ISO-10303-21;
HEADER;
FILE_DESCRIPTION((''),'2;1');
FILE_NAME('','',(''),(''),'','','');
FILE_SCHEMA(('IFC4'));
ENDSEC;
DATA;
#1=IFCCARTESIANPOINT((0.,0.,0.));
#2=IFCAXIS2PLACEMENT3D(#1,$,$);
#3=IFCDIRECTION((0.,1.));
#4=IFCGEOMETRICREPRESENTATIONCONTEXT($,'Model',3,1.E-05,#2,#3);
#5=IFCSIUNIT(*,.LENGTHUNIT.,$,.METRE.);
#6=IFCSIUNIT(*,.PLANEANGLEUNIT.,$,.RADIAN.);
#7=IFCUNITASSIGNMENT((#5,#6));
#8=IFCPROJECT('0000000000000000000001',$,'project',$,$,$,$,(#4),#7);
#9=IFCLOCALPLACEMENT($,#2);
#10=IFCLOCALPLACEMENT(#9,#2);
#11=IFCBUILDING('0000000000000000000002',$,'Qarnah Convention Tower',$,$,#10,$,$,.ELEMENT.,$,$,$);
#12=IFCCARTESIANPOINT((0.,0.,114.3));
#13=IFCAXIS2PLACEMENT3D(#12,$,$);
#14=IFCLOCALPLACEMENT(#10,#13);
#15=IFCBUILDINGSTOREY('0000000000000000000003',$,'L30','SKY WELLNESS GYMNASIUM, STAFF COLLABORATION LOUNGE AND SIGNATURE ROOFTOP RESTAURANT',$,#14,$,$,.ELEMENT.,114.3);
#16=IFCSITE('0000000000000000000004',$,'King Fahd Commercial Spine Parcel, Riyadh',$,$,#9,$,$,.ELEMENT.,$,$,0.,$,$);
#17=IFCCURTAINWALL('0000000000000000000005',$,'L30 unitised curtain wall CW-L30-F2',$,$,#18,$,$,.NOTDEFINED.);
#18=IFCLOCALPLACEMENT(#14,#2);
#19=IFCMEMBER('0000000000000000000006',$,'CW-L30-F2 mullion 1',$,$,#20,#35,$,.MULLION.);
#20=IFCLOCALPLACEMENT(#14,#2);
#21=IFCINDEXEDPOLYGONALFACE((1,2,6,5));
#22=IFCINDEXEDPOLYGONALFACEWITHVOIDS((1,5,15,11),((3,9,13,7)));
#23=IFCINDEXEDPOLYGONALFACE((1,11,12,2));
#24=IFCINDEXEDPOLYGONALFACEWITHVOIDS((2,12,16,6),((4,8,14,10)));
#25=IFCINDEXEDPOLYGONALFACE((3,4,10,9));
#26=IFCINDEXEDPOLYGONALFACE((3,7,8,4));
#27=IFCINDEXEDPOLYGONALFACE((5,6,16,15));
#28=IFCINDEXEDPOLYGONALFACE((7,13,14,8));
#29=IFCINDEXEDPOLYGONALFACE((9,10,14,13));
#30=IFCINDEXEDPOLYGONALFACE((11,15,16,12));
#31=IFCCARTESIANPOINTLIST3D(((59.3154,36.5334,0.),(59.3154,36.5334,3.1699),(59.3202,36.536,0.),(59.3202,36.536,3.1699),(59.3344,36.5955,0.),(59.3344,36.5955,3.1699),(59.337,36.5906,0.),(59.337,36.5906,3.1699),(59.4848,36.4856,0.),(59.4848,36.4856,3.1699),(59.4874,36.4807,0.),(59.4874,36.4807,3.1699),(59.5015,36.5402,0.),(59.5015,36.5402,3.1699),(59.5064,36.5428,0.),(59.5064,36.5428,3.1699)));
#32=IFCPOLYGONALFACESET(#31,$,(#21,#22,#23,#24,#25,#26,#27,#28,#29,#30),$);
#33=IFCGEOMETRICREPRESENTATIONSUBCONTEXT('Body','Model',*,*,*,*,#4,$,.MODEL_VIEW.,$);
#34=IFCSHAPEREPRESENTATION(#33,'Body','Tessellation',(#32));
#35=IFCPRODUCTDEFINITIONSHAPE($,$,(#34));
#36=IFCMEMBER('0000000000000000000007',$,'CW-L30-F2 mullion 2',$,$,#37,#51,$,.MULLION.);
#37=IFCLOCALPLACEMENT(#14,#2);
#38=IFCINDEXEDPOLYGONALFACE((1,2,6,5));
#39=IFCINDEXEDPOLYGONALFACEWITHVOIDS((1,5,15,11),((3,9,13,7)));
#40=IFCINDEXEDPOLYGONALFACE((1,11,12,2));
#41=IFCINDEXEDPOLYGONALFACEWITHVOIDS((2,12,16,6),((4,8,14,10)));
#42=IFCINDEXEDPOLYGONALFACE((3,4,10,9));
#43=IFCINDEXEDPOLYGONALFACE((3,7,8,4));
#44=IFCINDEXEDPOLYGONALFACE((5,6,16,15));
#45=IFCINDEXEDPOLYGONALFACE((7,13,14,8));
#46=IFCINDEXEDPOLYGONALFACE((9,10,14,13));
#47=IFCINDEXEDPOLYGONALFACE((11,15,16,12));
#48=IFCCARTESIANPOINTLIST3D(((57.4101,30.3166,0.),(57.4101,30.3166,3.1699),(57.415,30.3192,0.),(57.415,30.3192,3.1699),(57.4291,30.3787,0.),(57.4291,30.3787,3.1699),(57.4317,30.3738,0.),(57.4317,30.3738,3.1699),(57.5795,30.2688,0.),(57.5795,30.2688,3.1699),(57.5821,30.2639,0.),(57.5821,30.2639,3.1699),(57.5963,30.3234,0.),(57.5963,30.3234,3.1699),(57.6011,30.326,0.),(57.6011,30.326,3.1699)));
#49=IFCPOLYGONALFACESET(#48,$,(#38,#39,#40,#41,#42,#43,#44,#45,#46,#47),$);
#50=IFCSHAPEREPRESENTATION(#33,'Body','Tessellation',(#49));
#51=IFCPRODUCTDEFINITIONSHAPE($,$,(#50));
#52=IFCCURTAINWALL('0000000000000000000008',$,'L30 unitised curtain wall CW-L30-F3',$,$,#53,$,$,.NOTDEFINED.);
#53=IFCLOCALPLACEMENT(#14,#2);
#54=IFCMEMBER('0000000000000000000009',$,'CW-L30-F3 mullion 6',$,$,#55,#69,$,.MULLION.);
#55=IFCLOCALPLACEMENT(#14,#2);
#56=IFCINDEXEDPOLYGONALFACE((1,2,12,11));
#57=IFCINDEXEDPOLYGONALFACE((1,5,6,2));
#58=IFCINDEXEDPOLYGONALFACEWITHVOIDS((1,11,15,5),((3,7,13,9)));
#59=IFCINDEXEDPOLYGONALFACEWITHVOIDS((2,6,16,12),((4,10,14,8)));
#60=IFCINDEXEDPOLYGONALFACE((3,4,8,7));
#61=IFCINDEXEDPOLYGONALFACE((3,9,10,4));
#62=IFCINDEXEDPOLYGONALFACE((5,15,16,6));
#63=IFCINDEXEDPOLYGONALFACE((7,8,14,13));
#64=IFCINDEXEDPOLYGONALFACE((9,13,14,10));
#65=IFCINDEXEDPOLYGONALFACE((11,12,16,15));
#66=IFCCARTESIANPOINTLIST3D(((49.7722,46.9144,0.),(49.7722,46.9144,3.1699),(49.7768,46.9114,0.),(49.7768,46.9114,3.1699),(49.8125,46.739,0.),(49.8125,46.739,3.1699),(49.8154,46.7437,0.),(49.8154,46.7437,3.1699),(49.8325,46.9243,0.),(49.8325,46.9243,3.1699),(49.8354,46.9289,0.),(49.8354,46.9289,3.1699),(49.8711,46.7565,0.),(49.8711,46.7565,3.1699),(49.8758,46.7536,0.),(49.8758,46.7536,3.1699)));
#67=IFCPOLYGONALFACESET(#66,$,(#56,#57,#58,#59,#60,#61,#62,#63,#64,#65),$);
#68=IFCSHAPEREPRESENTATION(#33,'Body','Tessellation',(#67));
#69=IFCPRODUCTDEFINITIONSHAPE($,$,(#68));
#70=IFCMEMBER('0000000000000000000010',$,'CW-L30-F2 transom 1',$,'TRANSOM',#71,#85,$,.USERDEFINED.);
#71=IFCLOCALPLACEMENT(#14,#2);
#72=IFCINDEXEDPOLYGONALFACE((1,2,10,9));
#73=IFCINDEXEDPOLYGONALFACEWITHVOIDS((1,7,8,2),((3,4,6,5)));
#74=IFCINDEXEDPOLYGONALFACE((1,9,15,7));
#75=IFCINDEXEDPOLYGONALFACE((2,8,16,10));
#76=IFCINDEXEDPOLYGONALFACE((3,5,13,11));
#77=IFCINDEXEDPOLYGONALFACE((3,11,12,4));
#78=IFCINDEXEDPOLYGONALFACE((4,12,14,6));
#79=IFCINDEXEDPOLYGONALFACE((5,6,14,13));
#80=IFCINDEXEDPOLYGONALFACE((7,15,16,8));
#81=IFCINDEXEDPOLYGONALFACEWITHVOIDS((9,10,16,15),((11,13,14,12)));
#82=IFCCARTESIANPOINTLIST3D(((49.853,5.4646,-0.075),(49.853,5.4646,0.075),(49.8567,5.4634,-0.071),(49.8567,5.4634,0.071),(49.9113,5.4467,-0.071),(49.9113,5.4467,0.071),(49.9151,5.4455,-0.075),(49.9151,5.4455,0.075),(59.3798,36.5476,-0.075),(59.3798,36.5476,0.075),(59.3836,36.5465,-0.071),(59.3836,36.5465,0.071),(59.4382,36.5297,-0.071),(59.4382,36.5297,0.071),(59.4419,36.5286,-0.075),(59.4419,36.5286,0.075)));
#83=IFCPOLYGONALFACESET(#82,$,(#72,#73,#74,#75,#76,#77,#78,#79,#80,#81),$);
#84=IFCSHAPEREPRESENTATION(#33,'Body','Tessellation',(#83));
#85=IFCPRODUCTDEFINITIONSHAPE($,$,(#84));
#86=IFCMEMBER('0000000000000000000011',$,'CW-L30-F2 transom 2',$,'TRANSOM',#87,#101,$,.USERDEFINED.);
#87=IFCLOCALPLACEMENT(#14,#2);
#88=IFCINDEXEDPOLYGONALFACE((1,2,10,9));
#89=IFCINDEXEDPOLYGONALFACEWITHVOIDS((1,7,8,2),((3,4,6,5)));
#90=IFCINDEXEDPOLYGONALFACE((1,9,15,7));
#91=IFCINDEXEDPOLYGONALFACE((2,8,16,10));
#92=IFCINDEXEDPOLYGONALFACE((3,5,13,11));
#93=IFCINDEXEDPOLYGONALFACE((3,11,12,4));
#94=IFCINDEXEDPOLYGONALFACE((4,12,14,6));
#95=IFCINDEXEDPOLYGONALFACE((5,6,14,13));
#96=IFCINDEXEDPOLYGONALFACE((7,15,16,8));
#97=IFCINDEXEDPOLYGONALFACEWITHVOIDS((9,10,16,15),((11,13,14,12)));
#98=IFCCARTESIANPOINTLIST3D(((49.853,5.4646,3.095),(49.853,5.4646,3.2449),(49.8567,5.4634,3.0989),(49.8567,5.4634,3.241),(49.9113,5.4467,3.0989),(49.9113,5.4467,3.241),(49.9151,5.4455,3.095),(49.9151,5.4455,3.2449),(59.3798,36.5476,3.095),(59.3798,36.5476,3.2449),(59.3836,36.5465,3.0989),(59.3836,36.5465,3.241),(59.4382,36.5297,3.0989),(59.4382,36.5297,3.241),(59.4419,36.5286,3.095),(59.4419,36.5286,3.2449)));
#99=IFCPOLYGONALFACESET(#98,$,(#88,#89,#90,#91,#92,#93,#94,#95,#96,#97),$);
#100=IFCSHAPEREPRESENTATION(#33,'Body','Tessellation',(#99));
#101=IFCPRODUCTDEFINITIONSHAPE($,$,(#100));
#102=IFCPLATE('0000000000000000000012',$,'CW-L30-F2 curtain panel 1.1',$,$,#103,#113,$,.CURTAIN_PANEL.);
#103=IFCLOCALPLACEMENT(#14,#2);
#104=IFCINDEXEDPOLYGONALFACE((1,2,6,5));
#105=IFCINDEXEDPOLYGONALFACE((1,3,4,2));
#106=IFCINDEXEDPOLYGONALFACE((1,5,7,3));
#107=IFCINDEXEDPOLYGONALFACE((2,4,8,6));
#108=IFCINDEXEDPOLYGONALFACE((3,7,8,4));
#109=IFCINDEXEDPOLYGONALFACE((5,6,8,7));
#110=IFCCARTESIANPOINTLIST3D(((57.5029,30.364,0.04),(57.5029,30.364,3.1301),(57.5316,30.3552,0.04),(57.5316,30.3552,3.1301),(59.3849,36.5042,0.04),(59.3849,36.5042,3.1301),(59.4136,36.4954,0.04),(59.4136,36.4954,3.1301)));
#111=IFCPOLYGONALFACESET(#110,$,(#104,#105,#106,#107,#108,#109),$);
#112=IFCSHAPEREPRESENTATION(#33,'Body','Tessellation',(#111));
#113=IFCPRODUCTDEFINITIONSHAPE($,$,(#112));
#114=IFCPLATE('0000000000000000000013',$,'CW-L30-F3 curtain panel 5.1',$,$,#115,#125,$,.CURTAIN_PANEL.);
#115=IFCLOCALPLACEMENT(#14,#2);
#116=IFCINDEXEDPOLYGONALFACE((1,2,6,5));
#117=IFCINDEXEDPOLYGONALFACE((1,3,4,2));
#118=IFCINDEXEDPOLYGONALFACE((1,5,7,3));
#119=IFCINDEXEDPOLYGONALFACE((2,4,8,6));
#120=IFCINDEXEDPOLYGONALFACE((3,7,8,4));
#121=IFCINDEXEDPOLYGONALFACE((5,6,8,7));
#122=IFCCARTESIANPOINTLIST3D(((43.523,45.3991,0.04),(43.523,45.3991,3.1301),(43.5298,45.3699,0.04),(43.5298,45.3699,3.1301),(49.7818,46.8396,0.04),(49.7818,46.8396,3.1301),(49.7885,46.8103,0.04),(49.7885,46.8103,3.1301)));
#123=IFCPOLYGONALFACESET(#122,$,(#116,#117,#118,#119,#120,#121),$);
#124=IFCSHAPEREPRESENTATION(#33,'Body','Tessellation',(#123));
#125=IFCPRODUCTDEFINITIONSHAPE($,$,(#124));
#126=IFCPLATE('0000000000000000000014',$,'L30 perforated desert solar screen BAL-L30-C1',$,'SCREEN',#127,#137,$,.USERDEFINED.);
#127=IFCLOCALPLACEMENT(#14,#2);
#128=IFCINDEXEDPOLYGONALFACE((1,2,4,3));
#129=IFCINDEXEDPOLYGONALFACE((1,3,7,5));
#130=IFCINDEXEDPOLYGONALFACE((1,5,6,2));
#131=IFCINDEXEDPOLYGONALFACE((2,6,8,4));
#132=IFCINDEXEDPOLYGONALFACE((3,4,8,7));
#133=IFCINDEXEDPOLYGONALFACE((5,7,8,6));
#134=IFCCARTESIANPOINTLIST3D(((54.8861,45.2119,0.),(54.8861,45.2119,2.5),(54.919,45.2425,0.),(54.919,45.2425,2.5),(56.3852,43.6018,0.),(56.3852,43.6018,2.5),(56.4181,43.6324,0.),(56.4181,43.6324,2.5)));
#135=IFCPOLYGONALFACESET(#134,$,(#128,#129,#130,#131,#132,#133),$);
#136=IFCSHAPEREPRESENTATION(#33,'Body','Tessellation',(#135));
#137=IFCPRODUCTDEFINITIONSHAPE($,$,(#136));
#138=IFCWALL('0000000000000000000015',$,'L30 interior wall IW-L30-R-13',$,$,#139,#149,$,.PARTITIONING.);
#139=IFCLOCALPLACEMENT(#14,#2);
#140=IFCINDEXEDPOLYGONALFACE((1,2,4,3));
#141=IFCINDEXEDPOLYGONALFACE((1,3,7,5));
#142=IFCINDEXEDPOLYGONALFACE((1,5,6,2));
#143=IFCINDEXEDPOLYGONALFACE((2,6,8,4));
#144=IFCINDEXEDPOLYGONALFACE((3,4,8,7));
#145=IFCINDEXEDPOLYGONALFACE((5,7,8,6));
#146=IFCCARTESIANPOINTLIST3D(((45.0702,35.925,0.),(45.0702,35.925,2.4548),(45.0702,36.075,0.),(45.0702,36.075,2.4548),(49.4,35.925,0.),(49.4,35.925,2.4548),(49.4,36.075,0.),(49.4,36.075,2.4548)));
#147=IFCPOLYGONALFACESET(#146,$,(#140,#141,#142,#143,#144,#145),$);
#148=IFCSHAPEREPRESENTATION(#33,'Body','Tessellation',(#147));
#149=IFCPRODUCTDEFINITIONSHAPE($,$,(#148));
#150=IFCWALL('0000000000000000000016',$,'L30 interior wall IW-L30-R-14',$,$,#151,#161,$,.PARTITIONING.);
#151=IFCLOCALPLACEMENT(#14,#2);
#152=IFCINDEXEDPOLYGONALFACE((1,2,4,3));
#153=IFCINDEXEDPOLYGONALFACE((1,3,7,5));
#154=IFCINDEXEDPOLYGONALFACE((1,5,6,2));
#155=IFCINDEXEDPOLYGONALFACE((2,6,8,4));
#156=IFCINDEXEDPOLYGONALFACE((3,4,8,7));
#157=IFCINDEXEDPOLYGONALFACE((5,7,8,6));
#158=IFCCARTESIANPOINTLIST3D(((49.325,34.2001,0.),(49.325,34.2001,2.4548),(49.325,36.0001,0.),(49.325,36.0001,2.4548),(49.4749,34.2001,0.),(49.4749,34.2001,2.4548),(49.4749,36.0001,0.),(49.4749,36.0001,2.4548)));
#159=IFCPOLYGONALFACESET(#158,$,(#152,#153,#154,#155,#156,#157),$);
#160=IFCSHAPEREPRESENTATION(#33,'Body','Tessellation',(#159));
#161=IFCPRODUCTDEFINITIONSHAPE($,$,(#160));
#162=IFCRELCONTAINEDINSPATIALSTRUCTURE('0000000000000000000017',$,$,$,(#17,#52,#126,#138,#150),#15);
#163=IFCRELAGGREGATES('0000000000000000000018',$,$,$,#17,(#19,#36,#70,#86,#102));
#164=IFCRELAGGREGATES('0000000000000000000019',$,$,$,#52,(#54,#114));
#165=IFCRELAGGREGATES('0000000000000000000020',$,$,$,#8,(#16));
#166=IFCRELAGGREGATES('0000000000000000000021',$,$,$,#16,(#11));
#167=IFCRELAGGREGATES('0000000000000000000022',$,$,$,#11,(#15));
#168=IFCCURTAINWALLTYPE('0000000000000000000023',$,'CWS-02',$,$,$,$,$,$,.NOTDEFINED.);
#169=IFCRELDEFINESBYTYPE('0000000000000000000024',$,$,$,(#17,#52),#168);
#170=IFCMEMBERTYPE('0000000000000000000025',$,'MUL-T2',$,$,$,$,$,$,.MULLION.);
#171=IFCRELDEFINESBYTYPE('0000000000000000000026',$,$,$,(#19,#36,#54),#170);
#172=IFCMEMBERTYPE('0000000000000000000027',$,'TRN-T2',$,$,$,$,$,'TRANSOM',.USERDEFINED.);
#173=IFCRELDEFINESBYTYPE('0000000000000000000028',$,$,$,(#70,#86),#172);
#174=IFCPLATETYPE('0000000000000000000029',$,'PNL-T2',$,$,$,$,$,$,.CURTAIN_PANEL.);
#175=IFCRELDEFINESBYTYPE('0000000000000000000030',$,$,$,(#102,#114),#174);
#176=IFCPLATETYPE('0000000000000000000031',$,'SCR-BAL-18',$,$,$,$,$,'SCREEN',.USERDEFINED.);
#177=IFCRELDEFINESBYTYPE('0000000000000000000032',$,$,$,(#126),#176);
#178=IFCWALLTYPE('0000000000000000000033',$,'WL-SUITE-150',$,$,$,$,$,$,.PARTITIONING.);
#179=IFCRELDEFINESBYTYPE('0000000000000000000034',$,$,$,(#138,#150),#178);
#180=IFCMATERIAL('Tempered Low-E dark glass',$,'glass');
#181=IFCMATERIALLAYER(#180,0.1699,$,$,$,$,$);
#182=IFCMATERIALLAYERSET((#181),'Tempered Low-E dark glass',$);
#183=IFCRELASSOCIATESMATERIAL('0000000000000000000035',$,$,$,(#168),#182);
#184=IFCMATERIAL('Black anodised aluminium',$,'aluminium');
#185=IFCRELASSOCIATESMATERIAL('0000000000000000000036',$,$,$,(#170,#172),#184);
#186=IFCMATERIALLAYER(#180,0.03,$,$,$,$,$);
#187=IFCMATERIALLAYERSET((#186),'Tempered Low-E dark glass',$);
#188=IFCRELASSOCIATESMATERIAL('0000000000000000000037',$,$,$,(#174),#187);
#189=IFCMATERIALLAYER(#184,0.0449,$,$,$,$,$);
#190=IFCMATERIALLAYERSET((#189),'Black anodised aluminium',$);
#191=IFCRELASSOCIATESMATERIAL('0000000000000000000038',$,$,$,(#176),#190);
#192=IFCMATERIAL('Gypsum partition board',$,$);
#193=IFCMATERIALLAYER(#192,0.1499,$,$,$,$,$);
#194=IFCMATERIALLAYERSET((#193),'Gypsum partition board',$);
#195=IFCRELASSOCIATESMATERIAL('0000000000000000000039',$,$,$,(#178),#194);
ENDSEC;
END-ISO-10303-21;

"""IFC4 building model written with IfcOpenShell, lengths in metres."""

from ifc_helpers import new_model, si_unit, direction, frame, frame_2d, origin, origin_2d, place, context, subcontext, project, spatial, rectangle, hollow_rectangle, extrude, material, layer, layer_set, material_profile, profile_set, type_object, element, aggregate, save


model = new_model("IFC4")

# Units and contexts
model_context = context("Model", 3, precision=1e-05, world=origin(), true_north=direction((0.0, 1.0)))
body_context = subcontext(model_context, "Body", "Model", "MODEL_VIEW")
ifc_project = project(units=[si_unit("LENGTHUNIT", "METRE"), si_unit("PLANEANGLEUNIT", "RADIAN")], contexts=[model_context])

# Site, building, storey
site_placement = place(None, origin())
site = spatial("IfcSite", under=ifc_project, at=site_placement, Name="King Fahd Commercial Spine Parcel, Riyadh", CompositionType="ELEMENT", RefElevation=0.0)
building_placement = place(site_placement, origin())
building = spatial("IfcBuilding", under=site, at=building_placement, Name="Qarnah Convention Tower", CompositionType="ELEMENT")
storey_placement = place(building_placement, frame((0.0, 0.0, 114.3)))
storey = spatial("IfcBuildingStorey", under=building, at=storey_placement, Name="L30", Description="SKY WELLNESS GYMNASIUM, STAFF COLLABORATION LOUNGE AND SIGNATURE ROOFTOP RESTAURANT", CompositionType="ELEMENT", Elevation=114.3)

# Curtain wall, members
ifc_material_1 = material(Name="Tempered Low-E dark glass", Category="glass")
ifc_layer_1 = layer(ifc_material_1, 0.1699)
ifc_layer_set_1 = layer_set([ifc_layer_1], Name="Tempered Low-E dark glass")
curtain_wall_type = type_object("IfcCurtainWallType", Name="CWS-02", PredefinedType="NOTDEFINED", material=ifc_layer_set_1)
curtain_wall_1_placement = place(storey_placement, origin())
curtain_wall_1 = element("IfcCurtainWall", 1, at=curtain_wall_1_placement, inside=storey, type_object=curtain_wall_type, Name="L30 unitised curtain wall CW-L30-F2", PredefinedType="NOTDEFINED")
ifc_material_2 = material(Name="Black anodised aluminium", Category="aluminium")
ifc_material_profile_1 = material_profile(ifc_material_2, hollow_rectangle(XDim=0.0649, YDim=0.1799, WallThickness=0.0039, at=origin_2d()), Name="MUL-65X180")
ifc_profile_set_1 = profile_set([ifc_material_profile_1], Name="Black anodised aluminium")
member_type_1 = type_object("IfcMemberType", Name="MUL-T2", PredefinedType="MULLION", material=ifc_profile_set_1)
member_1_placement = place(storey_placement, frame((59.4109, 36.5381, 0.0), z_axis=(0.0, 0.0, 1.0), x_axis=(-0.293046, -0.956098, 0.0)))
member_1 = element("IfcMember", 2, at=member_1_placement, type_object=member_type_1, Name="CW-L30-F2 mullion 1", PredefinedType="MULLION", context=body_context, shape_type="SweptSolid", body=[
    extrude(hollow_rectangle(XDim=0.0649, YDim=0.1799, WallThickness=0.0039, at=origin_2d()), origin(), (0.0, 0.0, 1.0), 3.1699),
])
member_2_placement = place(storey_placement, frame((57.5056, 30.3213, 0.0), z_axis=(0.0, 0.0, 1.0), x_axis=(-0.293046, -0.956098, 0.0)))
member_2 = element("IfcMember", 3, at=member_2_placement, type_object=member_type_1, Name="CW-L30-F2 mullion 2", PredefinedType="MULLION", context=body_context, shape_type="SweptSolid", body=[
    extrude(hollow_rectangle(XDim=0.0649, YDim=0.1799, WallThickness=0.0039, at=origin_2d()), origin(), (0.0, 0.0, 1.0), 3.1699),
])

# Curtain wall, member
curtain_wall_2_placement = place(storey_placement, origin())
curtain_wall_2 = element("IfcCurtainWall", 4, at=curtain_wall_2_placement, inside=storey, type_object=curtain_wall_type, Name="L30 unitised curtain wall CW-L30-F3", PredefinedType="NOTDEFINED")
member_3_placement = place(storey_placement, frame((49.824, 46.834, 0.0), z_axis=(0.0, 0.0, 1.0), x_axis=(0.974522, 0.224291, 0.0)))
member_3 = element("IfcMember", 5, at=member_3_placement, type_object=member_type_1, Name="CW-L30-F3 mullion 6", PredefinedType="MULLION", context=body_context, shape_type="SweptSolid", body=[
    extrude(hollow_rectangle(XDim=0.0649, YDim=0.1799, WallThickness=0.0039, at=origin_2d()), origin(), (0.0, 0.0, 1.0), 3.1699),
])

# Members
ifc_material_profile_2 = material_profile(ifc_material_2, hollow_rectangle(XDim=0.0649, YDim=0.1499, WallThickness=0.0039, at=origin_2d()), Name="TRN-65X150")
ifc_profile_set_2 = profile_set([ifc_material_profile_2], Name="Black anodised aluminium")
member_type_2 = type_object("IfcMemberType", Name="TRN-T2", ElementType="TRANSOM", PredefinedType="USERDEFINED", material=ifc_profile_set_2)
member_4_placement = place(storey_placement, frame((59.4109, 36.5381, 0.0), z_axis=(-0.293042, -0.9561, 0.0), x_axis=(0.9561, -0.293042, 0.0)))
member_4 = element("IfcMember", 6, at=member_4_placement, type_object=member_type_2, Name="CW-L30-F2 transom 1", ObjectType="TRANSOM", PredefinedType="USERDEFINED", context=body_context, shape_type="SweptSolid", body=[
    extrude(hollow_rectangle(XDim=0.0649, YDim=0.1499, WallThickness=0.0039, at=origin_2d()), origin(), (0.0, 0.0, 1.0), 32.5103),
])
member_5_placement = place(storey_placement, frame((59.4109, 36.5381, 3.1699), z_axis=(-0.293042, -0.9561, 0.0), x_axis=(0.9561, -0.293042, 0.0)))
member_5 = element("IfcMember", 7, at=member_5_placement, type_object=member_type_2, Name="CW-L30-F2 transom 2", ObjectType="TRANSOM", PredefinedType="USERDEFINED", context=body_context, shape_type="SweptSolid", body=[
    extrude(hollow_rectangle(XDim=0.0649, YDim=0.1499, WallThickness=0.0039, at=origin_2d()), origin(), (0.0, 0.0, 1.0), 32.5103),
])

# Plates
ifc_layer_2 = layer(ifc_material_1, 0.03)
ifc_layer_set_2 = layer_set([ifc_layer_2], Name="Tempered Low-E dark glass")
plate_type_1 = type_object("IfcPlateType", Name="PNL-T2", PredefinedType="CURTAIN_PANEL", material=ifc_layer_set_2)
plate_1_placement = place(storey_placement, frame((58.4583, 33.4297, 0.04), z_axis=(0.0, 0.0, 1.0), x_axis=(-0.293046, -0.956098, 0.0)))
plate_1 = element("IfcPlate", 8, at=plate_1_placement, type_object=plate_type_1, Name="CW-L30-F2 curtain panel 1.1", PredefinedType="CURTAIN_PANEL", context=body_context, shape_type="SweptSolid", body=[
    extrude(rectangle(XDim=6.4221, YDim=0.03, at=origin_2d()), origin(), (0.0, 0.0, 1.0), 3.0901),
])
aggregate(curtain_wall_1, [member_1, member_2, member_4, member_5, plate_1])
plate_2_placement = place(storey_placement, frame((46.6558, 46.1047, 0.04), z_axis=(0.0, 0.0, 1.0), x_axis=(0.974522, 0.224291, 0.0)))
plate_2 = element("IfcPlate", 9, at=plate_2_placement, type_object=plate_type_1, Name="CW-L30-F3 curtain panel 5.1", PredefinedType="CURTAIN_PANEL", context=body_context, shape_type="SweptSolid", body=[
    extrude(rectangle(XDim=6.4224, YDim=0.03, at=origin_2d()), origin(), (0.0, 0.0, 1.0), 3.0901),
])
aggregate(curtain_wall_2, [member_3, plate_2])
ifc_layer_3 = layer(ifc_material_2, 0.0449)
ifc_layer_set_3 = layer_set([ifc_layer_3], Name="Black anodised aluminium")
plate_type_2 = type_object("IfcPlateType", Name="SCR-BAL-18", ElementType="SCREEN", PredefinedType="USERDEFINED", material=ifc_layer_set_3)
plate_3_placement = place(storey_placement, frame((55.6521, 44.4221, 0.0), z_axis=(0.0, 0.0, 1.0), x_axis=(0.681443, -0.731871, 0.0)))
element("IfcPlate", 10, at=plate_3_placement, inside=storey, type_object=plate_type_2, Name="L30 perforated desert solar screen BAL-L30-C1", ObjectType="SCREEN", PredefinedType="USERDEFINED", context=body_context, shape_type="SweptSolid", body=[
    extrude(rectangle(XDim=2.2, YDim=0.0449, at=origin_2d()), origin(), (0.0, 0.0, 1.0), 2.5),
])

# Walls
ifc_material_3 = material(Name="Gypsum partition board")
ifc_layer_4 = layer(ifc_material_3, 0.1499)
ifc_layer_set_4 = layer_set([ifc_layer_4], Name="Gypsum partition board")
wall_type_1 = type_object("IfcWallType", Name="WL-SUITE-150", PredefinedType="PARTITIONING", material=ifc_layer_set_4)
wall_1_placement = place(storey_placement, frame((45.0701, 36.0, 0.0), z_axis=(0.0, 0.0, 1.0), x_axis=(1.0, 0.0, 0.0)))
element("IfcWall", 11, at=wall_1_placement, inside=storey, type_object=wall_type_1, Name="L30 interior wall IW-L30-R-13", PredefinedType="PARTITIONING", context=body_context, shape_type="SweptSolid", body=[
    extrude(rectangle(XDim=4.3298, YDim=0.1499, at=frame_2d((2.165, 0.0))), origin(), (0.0, 0.0, 1.0), 2.4548),
])
wall_2_placement = place(storey_placement, frame((49.3999, 36.0, 0.0), z_axis=(0.0, 0.0, 1.0), x_axis=(0.0, -1.0, 0.0)))
element("IfcWall", 12, at=wall_2_placement, inside=storey, type_object=wall_type_1, Name="L30 interior wall IW-L30-R-14", PredefinedType="PARTITIONING", context=body_context, shape_type="SweptSolid", body=[
    extrude(rectangle(XDim=1.8, YDim=0.1499, at=frame_2d((0.8999, 0.0))), origin(), (0.0, 0.0, 1.0), 2.4548),
])

save(model, "model.ifc")
